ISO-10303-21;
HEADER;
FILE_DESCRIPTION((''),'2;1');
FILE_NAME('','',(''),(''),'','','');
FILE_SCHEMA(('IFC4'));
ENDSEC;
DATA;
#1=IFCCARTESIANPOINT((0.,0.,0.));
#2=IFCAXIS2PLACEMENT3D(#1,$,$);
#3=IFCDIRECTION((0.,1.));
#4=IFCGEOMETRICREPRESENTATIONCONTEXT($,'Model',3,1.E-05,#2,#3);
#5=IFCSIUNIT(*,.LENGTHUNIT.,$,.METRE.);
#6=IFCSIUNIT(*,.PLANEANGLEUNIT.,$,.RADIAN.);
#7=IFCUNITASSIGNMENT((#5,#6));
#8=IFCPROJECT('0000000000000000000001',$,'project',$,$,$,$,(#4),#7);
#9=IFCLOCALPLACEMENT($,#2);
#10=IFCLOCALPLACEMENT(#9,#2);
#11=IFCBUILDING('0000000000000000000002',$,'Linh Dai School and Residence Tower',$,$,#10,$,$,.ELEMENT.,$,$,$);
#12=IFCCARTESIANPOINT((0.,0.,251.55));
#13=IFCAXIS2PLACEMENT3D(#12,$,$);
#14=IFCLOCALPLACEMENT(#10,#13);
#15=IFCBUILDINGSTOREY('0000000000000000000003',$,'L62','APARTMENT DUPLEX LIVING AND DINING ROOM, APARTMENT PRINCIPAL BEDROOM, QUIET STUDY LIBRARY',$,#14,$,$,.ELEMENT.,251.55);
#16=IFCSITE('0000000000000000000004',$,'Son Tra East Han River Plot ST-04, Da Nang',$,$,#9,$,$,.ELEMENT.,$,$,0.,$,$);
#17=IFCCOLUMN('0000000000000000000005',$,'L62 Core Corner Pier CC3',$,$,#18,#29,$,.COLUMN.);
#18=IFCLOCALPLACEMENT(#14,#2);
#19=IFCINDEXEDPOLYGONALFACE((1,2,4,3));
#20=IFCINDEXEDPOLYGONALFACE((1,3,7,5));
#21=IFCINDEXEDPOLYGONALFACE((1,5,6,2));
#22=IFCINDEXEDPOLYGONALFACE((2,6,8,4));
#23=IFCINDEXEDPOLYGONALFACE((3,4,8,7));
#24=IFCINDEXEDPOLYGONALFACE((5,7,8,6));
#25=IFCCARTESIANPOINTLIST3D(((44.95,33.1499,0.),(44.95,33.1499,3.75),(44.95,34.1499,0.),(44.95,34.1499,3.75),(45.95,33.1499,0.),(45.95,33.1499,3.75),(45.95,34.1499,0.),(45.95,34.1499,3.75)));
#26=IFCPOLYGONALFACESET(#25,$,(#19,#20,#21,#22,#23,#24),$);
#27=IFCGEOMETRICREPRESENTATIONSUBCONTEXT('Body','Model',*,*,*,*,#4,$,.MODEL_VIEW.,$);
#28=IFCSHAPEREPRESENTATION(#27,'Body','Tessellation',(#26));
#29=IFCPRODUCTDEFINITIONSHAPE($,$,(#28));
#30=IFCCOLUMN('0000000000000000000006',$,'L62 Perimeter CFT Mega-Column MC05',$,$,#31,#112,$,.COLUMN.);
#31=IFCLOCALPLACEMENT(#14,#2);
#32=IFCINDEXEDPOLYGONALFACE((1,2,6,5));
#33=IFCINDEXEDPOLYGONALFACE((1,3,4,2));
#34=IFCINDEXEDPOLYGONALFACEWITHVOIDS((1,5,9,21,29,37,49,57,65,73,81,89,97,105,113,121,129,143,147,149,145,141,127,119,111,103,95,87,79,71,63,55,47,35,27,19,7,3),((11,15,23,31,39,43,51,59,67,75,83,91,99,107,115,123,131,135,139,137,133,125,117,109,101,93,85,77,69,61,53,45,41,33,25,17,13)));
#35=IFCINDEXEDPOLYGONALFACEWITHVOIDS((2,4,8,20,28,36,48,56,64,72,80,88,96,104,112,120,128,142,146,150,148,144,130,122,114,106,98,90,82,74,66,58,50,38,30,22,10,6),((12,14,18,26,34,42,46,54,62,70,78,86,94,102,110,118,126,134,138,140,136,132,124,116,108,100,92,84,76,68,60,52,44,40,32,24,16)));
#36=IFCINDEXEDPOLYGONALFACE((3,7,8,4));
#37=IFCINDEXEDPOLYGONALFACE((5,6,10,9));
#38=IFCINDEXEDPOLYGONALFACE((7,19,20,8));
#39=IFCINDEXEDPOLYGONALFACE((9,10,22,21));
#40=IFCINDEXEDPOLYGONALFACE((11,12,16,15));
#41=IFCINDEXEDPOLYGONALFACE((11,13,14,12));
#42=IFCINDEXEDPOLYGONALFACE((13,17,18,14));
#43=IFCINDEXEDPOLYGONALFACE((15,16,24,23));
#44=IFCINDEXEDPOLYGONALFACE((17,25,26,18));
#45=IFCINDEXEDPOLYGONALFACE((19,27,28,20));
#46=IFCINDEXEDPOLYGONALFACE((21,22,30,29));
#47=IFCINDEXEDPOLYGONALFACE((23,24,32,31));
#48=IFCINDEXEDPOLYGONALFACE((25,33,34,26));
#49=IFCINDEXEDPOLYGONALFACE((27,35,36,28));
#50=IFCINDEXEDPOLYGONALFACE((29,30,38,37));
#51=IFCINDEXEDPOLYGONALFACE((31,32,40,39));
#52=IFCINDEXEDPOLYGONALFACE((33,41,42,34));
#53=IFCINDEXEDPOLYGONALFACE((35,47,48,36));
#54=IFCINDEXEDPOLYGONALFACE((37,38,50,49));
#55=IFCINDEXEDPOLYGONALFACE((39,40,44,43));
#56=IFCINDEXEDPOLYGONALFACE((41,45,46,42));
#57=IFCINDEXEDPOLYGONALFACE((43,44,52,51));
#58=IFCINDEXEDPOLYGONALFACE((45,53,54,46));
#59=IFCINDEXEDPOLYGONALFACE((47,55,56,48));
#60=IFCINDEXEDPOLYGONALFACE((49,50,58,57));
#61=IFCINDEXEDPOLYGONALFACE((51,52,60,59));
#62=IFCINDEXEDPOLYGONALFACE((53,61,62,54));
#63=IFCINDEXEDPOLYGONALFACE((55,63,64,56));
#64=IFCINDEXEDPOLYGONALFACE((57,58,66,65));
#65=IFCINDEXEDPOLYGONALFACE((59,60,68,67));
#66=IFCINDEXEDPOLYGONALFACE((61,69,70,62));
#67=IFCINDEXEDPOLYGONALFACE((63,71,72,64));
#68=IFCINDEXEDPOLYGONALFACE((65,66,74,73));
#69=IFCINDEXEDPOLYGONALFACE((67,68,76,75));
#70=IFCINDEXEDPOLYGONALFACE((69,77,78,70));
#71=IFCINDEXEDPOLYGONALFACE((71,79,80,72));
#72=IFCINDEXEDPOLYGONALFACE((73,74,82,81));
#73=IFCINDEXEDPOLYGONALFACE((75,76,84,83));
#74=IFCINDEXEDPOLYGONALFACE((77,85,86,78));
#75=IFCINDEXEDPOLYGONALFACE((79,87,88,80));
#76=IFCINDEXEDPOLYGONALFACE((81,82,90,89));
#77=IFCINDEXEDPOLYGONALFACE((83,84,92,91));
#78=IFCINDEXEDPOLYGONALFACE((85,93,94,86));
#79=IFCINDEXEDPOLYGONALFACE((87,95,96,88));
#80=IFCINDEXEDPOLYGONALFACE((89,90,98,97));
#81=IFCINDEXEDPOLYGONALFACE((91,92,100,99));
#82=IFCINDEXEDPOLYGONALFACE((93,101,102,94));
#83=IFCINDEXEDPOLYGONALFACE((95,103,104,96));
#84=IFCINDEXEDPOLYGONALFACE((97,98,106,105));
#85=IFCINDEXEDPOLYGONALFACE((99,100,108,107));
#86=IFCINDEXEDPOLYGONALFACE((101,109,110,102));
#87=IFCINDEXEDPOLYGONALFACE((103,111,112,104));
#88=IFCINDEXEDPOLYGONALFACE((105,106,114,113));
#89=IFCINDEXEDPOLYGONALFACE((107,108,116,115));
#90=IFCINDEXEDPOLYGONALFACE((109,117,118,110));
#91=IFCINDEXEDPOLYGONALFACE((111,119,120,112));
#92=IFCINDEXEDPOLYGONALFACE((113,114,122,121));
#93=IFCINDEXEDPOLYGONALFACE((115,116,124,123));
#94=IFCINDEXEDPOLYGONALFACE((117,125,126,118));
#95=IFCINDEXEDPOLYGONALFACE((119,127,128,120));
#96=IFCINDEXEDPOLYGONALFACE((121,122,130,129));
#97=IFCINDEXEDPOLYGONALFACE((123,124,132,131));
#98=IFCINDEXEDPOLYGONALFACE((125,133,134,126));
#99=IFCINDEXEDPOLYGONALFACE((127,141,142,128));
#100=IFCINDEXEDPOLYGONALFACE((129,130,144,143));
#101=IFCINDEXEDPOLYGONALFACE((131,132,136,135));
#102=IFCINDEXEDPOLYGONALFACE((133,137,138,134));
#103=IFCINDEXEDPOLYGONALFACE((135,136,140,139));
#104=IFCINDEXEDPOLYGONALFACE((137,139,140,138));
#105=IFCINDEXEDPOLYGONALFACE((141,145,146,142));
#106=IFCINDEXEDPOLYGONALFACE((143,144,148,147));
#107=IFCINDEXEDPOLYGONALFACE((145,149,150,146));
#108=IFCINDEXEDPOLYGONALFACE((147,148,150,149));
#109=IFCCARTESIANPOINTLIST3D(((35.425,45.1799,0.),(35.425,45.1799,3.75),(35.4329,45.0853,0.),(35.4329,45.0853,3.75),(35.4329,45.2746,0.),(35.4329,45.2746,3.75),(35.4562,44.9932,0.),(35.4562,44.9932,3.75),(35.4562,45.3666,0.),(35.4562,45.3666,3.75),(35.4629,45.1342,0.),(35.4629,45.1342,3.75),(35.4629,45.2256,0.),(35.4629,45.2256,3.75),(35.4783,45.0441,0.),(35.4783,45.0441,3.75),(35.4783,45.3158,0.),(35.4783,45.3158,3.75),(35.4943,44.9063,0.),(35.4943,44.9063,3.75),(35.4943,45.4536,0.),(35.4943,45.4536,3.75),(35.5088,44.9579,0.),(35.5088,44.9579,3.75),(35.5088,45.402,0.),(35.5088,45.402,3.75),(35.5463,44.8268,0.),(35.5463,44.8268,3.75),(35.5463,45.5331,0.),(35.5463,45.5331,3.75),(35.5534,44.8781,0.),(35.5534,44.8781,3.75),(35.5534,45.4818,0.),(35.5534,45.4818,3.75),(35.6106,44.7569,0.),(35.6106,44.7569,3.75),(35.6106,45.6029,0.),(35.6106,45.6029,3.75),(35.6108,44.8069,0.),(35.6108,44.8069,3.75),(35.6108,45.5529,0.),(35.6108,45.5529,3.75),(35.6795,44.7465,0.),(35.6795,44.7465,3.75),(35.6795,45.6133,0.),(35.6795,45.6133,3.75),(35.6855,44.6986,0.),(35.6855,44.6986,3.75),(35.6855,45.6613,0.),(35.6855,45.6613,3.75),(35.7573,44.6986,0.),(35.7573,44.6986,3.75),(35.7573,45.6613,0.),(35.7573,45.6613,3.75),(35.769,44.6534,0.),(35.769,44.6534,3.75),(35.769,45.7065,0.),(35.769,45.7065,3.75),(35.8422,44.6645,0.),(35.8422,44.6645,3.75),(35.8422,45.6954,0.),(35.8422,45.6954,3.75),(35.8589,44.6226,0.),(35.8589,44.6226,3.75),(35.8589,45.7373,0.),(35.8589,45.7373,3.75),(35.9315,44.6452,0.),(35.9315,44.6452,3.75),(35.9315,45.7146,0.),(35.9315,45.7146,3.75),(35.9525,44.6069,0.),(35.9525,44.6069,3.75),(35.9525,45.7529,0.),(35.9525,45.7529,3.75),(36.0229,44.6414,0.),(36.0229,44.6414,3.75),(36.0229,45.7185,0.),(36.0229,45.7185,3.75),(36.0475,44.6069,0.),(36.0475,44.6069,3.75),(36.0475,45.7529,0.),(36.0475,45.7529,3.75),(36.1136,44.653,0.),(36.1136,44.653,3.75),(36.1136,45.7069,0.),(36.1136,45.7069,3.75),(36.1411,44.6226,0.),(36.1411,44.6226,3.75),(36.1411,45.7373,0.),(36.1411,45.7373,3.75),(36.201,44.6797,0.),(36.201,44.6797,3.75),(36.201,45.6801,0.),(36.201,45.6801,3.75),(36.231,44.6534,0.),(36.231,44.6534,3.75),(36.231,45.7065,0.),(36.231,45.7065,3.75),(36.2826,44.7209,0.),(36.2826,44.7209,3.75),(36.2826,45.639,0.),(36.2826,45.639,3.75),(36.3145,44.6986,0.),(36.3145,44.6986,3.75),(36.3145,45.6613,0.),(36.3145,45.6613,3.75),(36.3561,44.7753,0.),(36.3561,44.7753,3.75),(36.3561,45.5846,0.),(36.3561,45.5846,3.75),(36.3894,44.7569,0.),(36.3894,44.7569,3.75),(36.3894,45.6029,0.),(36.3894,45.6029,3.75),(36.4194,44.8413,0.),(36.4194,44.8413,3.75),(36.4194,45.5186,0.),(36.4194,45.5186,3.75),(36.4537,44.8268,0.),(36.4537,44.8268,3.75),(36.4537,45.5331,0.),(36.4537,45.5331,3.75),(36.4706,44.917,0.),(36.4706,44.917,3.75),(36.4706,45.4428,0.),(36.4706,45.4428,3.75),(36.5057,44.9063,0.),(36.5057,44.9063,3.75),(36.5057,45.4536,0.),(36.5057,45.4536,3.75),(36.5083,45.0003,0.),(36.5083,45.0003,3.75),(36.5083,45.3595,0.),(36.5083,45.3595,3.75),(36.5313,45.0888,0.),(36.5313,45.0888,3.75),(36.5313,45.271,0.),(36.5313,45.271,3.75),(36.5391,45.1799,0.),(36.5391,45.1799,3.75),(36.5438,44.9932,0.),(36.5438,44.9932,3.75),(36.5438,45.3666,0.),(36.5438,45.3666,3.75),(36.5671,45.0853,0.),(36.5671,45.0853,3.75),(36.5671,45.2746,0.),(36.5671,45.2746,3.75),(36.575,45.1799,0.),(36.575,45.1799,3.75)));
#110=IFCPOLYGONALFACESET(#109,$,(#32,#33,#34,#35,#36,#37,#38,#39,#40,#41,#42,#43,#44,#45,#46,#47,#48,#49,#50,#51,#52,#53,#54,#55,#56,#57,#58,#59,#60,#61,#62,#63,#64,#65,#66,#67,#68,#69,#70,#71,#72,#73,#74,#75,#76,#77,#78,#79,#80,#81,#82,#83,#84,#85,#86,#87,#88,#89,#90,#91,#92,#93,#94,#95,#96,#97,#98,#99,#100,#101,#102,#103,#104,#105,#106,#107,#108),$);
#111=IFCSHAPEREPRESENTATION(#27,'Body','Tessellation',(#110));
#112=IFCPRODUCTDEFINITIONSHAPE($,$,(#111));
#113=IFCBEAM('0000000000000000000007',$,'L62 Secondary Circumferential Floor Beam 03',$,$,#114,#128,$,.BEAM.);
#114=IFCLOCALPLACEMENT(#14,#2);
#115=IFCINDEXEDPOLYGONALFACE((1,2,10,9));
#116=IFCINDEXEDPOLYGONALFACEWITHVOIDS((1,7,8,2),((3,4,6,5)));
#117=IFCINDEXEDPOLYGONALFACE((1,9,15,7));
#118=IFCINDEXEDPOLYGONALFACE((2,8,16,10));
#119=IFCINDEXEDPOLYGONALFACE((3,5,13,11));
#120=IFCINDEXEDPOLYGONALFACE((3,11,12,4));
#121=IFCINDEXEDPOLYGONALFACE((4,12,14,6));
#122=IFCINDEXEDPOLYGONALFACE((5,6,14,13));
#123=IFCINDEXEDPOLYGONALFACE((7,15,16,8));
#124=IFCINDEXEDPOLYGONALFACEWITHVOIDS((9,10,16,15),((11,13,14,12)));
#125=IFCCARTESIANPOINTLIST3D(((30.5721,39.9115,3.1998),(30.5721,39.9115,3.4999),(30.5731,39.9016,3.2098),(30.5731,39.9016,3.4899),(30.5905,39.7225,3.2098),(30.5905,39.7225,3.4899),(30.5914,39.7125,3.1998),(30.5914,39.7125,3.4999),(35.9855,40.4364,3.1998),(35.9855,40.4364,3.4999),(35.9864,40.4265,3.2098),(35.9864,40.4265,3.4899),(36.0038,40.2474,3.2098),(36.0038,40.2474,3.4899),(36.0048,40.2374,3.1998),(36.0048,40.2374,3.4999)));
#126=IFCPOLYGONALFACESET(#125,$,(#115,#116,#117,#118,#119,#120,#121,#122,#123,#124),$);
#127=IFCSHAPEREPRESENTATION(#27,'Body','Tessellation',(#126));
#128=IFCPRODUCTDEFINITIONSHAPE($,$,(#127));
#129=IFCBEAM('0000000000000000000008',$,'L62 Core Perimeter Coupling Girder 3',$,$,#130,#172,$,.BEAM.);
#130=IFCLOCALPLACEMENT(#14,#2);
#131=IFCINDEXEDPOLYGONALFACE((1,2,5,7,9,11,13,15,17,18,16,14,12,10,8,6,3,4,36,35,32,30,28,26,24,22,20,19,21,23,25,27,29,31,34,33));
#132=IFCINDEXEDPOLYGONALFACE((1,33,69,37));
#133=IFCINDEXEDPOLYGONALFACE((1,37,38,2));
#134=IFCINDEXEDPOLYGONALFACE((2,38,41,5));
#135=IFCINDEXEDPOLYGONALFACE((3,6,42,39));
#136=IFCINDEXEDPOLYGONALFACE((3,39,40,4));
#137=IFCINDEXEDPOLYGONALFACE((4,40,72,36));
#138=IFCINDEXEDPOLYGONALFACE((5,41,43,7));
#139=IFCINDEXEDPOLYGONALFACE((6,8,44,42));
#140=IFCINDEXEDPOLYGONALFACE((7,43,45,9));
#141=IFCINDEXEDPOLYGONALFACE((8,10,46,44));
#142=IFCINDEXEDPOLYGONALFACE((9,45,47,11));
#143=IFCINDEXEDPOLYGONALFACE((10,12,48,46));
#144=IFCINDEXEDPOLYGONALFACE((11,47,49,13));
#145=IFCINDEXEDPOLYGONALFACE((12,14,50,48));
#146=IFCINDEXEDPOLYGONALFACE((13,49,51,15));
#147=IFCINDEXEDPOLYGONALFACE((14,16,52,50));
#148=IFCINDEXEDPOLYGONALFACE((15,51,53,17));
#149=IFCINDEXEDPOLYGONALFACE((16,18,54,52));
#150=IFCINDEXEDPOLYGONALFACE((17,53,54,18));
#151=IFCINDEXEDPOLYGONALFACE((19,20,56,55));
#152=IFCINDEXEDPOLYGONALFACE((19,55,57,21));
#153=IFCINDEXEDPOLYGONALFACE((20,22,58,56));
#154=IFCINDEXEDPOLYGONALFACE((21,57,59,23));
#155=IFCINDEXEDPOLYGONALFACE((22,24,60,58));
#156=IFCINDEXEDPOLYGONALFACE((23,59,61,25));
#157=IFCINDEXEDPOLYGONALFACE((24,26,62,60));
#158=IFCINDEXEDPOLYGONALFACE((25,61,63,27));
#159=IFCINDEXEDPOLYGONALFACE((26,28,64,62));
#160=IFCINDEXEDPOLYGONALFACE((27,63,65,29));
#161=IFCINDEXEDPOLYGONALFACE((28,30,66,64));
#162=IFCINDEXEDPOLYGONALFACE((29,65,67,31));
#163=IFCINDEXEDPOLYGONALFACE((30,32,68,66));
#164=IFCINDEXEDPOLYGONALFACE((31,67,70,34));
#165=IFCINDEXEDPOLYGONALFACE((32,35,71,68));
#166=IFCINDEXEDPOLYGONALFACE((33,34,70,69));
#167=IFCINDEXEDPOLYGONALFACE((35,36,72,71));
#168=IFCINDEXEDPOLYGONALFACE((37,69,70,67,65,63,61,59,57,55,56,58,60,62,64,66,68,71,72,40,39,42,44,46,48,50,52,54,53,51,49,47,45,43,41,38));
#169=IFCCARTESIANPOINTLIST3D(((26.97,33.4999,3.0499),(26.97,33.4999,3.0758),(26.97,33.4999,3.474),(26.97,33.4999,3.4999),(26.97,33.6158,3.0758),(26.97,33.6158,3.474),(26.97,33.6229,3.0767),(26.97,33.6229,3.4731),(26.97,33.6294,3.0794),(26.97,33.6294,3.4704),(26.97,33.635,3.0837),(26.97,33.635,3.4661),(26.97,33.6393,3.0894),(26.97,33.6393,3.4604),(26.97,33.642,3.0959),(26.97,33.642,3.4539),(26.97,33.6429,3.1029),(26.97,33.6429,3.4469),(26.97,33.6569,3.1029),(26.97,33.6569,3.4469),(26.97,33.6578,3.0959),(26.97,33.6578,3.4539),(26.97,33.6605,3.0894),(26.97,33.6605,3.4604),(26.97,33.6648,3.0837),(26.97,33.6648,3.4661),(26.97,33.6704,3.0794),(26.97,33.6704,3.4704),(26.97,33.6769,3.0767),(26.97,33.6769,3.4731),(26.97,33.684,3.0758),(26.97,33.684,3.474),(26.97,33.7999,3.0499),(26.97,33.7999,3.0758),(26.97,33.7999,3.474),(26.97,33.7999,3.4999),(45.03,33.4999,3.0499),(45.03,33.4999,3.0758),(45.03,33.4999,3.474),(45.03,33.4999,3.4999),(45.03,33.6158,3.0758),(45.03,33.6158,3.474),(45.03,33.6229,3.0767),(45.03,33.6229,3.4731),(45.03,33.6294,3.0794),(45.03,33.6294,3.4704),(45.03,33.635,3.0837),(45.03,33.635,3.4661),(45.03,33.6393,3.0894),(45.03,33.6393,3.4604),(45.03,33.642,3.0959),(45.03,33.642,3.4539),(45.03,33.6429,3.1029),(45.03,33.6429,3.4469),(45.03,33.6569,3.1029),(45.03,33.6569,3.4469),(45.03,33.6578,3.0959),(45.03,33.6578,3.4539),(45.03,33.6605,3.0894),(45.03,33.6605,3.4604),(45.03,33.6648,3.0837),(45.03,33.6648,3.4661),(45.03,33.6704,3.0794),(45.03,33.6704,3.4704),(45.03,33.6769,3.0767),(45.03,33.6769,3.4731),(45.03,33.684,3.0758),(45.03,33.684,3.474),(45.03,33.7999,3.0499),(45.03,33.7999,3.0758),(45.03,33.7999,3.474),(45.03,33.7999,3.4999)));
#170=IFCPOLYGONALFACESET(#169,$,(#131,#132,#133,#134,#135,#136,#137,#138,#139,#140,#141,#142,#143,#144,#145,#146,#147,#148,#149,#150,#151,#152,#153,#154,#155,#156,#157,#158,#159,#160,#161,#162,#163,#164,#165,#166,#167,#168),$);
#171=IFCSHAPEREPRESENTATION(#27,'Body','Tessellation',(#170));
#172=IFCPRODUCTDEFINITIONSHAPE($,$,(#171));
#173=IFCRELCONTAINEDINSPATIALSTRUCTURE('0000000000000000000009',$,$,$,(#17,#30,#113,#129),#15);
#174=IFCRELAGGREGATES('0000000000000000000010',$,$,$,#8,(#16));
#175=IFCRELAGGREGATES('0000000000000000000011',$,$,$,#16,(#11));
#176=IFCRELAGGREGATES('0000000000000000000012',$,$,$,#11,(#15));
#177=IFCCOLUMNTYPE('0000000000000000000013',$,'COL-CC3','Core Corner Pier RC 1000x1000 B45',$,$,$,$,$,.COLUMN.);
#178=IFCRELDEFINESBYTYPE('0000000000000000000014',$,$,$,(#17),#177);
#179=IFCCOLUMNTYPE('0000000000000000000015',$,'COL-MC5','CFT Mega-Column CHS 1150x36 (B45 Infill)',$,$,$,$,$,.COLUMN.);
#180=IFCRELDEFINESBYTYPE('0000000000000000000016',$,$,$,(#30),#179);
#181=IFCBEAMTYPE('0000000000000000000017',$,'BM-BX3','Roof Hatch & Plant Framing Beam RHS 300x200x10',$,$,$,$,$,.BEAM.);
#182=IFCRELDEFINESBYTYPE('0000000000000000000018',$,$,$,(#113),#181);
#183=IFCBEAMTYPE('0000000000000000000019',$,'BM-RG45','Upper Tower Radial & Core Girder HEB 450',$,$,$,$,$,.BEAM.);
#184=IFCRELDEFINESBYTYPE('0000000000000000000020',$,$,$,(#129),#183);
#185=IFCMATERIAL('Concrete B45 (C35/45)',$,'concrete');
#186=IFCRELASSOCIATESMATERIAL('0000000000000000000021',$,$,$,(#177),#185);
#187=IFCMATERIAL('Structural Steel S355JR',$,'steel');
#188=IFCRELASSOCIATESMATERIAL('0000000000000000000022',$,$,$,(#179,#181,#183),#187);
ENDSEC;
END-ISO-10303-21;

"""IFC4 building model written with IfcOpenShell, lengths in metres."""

from ifc_helpers import new_model, si_unit, direction, frame, origin, origin_2d, place, context, subcontext, project, spatial, rectangle, hollow_rectangle, hollow_circle, i_section, extrude, material, material_profile, profile_set, type_object, element, save


model = new_model("IFC4")

# Units and contexts
model_context = context("Model", 3, precision=1e-05, world=origin(), true_north=direction((0.0, 1.0)))
body_context = subcontext(model_context, "Body", "Model", "MODEL_VIEW")
ifc_project = project(units=[si_unit("LENGTHUNIT", "METRE"), si_unit("PLANEANGLEUNIT", "RADIAN")], contexts=[model_context])

# Site, building, storey
site_placement = place(None, origin())
site = spatial("IfcSite", under=ifc_project, at=site_placement, Name="Son Tra East Han River Plot ST-04, Da Nang", CompositionType="ELEMENT", RefElevation=0.0)
building_placement = place(site_placement, origin())
building = spatial("IfcBuilding", under=site, at=building_placement, Name="Linh Dai School and Residence Tower", CompositionType="ELEMENT")
storey_placement = place(building_placement, frame((0.0, 0.0, 251.55)))
storey = spatial("IfcBuildingStorey", under=building, at=storey_placement, Name="L62", Description="APARTMENT DUPLEX LIVING AND DINING ROOM, APARTMENT PRINCIPAL BEDROOM, QUIET STUDY LIBRARY", CompositionType="ELEMENT", Elevation=251.55)

# Columns
ifc_material_1 = material(Name="Concrete B45 (C35/45)", Category="concrete")
ifc_material_profile_1 = material_profile(ifc_material_1, rectangle(XDim=1.0, YDim=1.0, at=origin_2d()), Name="RC 1000x1000")
ifc_profile_set_1 = profile_set([ifc_material_profile_1], Name="Concrete B45 (C35/45)")
column_type_1 = type_object("IfcColumnType", Name="COL-CC3", Description="Core Corner Pier RC 1000x1000 B45", PredefinedType="COLUMN", material=ifc_profile_set_1)
column_1_placement = place(storey_placement, frame((45.45, 33.6499, 0.0), z_axis=(0.0, 0.0, 1.0), x_axis=(1.0, 0.0, 0.0)))
element("IfcColumn", 1, at=column_1_placement, inside=storey, type_object=column_type_1, Name="L62 Core Corner Pier CC3", PredefinedType="COLUMN", context=body_context, shape_type="SweptSolid", body=[
    extrude(rectangle(XDim=1.0, YDim=1.0, at=origin_2d()), origin(), (0.0, 0.0, 1.0), 3.75),
])
ifc_material_2 = material(Name="Structural Steel S355JR", Category="steel")
ifc_material_profile_2 = material_profile(ifc_material_2, hollow_circle(Radius=0.575, WallThickness=0.0359, at=origin_2d()), Name="CHS 1150x36")
ifc_profile_set_2 = profile_set([ifc_material_profile_2], Name="Structural Steel S355JR")
column_type_2 = type_object("IfcColumnType", Name="COL-MC5", Description="CFT Mega-Column CHS 1150x36 (B45 Infill)", PredefinedType="COLUMN", material=ifc_profile_set_2)
column_2_placement = place(storey_placement, frame((36.0, 45.1799, 0.0), z_axis=(0.0, 0.0, 1.0), x_axis=(1.0, 0.0, 0.0)))
element("IfcColumn", 2, at=column_2_placement, inside=storey, type_object=column_type_2, Name="L62 Perimeter CFT Mega-Column MC05", PredefinedType="COLUMN", context=body_context, shape_type="SweptSolid", body=[
    extrude(hollow_circle(Radius=0.575, WallThickness=0.0359, at=origin_2d()), origin(), (0.0, 0.0, 1.0), 3.75),
])

# Beams
ifc_material_profile_3 = material_profile(ifc_material_2, hollow_rectangle(XDim=0.2, YDim=0.3, WallThickness=0.01, at=origin_2d()), Name="RHS 300x200x10")
ifc_profile_set_3 = profile_set([ifc_material_profile_3], Name="Structural Steel S355JR")
beam_type_1 = type_object("IfcBeamType", Name="BM-BX3", Description="Roof Hatch & Plant Framing Beam RHS 300x200x10", PredefinedType="BEAM", material=ifc_profile_set_3)
beam_1_placement = place(storey_placement, frame((35.9951, 40.3369, 3.3499), z_axis=(-0.995332, -0.096512, 0.0), x_axis=(0.096512, -0.995332, 0.0)))
element("IfcBeam", 3, at=beam_1_placement, inside=storey, type_object=beam_type_1, Name="L62 Secondary Circumferential Floor Beam 03", PredefinedType="BEAM", context=body_context, shape_type="SweptSolid", body=[
    extrude(hollow_rectangle(XDim=0.2, YDim=0.3, WallThickness=0.01, at=origin_2d()), origin(), (0.0, 0.0, 1.0), 5.4387),
])
ifc_material_profile_4 = material_profile(ifc_material_2, i_section(OverallWidth=0.3, OverallDepth=0.45, WebThickness=0.0139, FlangeThickness=0.0259, FilletRadius=0.0271, at=origin_2d()), Name="HEB 450")
ifc_profile_set_4 = profile_set([ifc_material_profile_4], Name="Structural Steel S355JR")
beam_type_2 = type_object("IfcBeamType", Name="BM-RG45", Description="Upper Tower Radial & Core Girder HEB 450", PredefinedType="BEAM", material=ifc_profile_set_4)
beam_2_placement = place(storey_placement, frame((45.03, 33.6499, 3.2749), z_axis=(-1.0, 0.0, 0.0), x_axis=(0.0, -1.0, 0.0)))
element("IfcBeam", 4, at=beam_2_placement, inside=storey, type_object=beam_type_2, Name="L62 Core Perimeter Coupling Girder 3", PredefinedType="BEAM", context=body_context, shape_type="SweptSolid", body=[
    extrude(i_section(OverallWidth=0.3, OverallDepth=0.45, WebThickness=0.0139, FlangeThickness=0.0259, FilletRadius=0.0271, at=origin_2d()), origin(), (0.0, 0.0, 1.0), 18.0601),
])

save(model, "model.ifc")
